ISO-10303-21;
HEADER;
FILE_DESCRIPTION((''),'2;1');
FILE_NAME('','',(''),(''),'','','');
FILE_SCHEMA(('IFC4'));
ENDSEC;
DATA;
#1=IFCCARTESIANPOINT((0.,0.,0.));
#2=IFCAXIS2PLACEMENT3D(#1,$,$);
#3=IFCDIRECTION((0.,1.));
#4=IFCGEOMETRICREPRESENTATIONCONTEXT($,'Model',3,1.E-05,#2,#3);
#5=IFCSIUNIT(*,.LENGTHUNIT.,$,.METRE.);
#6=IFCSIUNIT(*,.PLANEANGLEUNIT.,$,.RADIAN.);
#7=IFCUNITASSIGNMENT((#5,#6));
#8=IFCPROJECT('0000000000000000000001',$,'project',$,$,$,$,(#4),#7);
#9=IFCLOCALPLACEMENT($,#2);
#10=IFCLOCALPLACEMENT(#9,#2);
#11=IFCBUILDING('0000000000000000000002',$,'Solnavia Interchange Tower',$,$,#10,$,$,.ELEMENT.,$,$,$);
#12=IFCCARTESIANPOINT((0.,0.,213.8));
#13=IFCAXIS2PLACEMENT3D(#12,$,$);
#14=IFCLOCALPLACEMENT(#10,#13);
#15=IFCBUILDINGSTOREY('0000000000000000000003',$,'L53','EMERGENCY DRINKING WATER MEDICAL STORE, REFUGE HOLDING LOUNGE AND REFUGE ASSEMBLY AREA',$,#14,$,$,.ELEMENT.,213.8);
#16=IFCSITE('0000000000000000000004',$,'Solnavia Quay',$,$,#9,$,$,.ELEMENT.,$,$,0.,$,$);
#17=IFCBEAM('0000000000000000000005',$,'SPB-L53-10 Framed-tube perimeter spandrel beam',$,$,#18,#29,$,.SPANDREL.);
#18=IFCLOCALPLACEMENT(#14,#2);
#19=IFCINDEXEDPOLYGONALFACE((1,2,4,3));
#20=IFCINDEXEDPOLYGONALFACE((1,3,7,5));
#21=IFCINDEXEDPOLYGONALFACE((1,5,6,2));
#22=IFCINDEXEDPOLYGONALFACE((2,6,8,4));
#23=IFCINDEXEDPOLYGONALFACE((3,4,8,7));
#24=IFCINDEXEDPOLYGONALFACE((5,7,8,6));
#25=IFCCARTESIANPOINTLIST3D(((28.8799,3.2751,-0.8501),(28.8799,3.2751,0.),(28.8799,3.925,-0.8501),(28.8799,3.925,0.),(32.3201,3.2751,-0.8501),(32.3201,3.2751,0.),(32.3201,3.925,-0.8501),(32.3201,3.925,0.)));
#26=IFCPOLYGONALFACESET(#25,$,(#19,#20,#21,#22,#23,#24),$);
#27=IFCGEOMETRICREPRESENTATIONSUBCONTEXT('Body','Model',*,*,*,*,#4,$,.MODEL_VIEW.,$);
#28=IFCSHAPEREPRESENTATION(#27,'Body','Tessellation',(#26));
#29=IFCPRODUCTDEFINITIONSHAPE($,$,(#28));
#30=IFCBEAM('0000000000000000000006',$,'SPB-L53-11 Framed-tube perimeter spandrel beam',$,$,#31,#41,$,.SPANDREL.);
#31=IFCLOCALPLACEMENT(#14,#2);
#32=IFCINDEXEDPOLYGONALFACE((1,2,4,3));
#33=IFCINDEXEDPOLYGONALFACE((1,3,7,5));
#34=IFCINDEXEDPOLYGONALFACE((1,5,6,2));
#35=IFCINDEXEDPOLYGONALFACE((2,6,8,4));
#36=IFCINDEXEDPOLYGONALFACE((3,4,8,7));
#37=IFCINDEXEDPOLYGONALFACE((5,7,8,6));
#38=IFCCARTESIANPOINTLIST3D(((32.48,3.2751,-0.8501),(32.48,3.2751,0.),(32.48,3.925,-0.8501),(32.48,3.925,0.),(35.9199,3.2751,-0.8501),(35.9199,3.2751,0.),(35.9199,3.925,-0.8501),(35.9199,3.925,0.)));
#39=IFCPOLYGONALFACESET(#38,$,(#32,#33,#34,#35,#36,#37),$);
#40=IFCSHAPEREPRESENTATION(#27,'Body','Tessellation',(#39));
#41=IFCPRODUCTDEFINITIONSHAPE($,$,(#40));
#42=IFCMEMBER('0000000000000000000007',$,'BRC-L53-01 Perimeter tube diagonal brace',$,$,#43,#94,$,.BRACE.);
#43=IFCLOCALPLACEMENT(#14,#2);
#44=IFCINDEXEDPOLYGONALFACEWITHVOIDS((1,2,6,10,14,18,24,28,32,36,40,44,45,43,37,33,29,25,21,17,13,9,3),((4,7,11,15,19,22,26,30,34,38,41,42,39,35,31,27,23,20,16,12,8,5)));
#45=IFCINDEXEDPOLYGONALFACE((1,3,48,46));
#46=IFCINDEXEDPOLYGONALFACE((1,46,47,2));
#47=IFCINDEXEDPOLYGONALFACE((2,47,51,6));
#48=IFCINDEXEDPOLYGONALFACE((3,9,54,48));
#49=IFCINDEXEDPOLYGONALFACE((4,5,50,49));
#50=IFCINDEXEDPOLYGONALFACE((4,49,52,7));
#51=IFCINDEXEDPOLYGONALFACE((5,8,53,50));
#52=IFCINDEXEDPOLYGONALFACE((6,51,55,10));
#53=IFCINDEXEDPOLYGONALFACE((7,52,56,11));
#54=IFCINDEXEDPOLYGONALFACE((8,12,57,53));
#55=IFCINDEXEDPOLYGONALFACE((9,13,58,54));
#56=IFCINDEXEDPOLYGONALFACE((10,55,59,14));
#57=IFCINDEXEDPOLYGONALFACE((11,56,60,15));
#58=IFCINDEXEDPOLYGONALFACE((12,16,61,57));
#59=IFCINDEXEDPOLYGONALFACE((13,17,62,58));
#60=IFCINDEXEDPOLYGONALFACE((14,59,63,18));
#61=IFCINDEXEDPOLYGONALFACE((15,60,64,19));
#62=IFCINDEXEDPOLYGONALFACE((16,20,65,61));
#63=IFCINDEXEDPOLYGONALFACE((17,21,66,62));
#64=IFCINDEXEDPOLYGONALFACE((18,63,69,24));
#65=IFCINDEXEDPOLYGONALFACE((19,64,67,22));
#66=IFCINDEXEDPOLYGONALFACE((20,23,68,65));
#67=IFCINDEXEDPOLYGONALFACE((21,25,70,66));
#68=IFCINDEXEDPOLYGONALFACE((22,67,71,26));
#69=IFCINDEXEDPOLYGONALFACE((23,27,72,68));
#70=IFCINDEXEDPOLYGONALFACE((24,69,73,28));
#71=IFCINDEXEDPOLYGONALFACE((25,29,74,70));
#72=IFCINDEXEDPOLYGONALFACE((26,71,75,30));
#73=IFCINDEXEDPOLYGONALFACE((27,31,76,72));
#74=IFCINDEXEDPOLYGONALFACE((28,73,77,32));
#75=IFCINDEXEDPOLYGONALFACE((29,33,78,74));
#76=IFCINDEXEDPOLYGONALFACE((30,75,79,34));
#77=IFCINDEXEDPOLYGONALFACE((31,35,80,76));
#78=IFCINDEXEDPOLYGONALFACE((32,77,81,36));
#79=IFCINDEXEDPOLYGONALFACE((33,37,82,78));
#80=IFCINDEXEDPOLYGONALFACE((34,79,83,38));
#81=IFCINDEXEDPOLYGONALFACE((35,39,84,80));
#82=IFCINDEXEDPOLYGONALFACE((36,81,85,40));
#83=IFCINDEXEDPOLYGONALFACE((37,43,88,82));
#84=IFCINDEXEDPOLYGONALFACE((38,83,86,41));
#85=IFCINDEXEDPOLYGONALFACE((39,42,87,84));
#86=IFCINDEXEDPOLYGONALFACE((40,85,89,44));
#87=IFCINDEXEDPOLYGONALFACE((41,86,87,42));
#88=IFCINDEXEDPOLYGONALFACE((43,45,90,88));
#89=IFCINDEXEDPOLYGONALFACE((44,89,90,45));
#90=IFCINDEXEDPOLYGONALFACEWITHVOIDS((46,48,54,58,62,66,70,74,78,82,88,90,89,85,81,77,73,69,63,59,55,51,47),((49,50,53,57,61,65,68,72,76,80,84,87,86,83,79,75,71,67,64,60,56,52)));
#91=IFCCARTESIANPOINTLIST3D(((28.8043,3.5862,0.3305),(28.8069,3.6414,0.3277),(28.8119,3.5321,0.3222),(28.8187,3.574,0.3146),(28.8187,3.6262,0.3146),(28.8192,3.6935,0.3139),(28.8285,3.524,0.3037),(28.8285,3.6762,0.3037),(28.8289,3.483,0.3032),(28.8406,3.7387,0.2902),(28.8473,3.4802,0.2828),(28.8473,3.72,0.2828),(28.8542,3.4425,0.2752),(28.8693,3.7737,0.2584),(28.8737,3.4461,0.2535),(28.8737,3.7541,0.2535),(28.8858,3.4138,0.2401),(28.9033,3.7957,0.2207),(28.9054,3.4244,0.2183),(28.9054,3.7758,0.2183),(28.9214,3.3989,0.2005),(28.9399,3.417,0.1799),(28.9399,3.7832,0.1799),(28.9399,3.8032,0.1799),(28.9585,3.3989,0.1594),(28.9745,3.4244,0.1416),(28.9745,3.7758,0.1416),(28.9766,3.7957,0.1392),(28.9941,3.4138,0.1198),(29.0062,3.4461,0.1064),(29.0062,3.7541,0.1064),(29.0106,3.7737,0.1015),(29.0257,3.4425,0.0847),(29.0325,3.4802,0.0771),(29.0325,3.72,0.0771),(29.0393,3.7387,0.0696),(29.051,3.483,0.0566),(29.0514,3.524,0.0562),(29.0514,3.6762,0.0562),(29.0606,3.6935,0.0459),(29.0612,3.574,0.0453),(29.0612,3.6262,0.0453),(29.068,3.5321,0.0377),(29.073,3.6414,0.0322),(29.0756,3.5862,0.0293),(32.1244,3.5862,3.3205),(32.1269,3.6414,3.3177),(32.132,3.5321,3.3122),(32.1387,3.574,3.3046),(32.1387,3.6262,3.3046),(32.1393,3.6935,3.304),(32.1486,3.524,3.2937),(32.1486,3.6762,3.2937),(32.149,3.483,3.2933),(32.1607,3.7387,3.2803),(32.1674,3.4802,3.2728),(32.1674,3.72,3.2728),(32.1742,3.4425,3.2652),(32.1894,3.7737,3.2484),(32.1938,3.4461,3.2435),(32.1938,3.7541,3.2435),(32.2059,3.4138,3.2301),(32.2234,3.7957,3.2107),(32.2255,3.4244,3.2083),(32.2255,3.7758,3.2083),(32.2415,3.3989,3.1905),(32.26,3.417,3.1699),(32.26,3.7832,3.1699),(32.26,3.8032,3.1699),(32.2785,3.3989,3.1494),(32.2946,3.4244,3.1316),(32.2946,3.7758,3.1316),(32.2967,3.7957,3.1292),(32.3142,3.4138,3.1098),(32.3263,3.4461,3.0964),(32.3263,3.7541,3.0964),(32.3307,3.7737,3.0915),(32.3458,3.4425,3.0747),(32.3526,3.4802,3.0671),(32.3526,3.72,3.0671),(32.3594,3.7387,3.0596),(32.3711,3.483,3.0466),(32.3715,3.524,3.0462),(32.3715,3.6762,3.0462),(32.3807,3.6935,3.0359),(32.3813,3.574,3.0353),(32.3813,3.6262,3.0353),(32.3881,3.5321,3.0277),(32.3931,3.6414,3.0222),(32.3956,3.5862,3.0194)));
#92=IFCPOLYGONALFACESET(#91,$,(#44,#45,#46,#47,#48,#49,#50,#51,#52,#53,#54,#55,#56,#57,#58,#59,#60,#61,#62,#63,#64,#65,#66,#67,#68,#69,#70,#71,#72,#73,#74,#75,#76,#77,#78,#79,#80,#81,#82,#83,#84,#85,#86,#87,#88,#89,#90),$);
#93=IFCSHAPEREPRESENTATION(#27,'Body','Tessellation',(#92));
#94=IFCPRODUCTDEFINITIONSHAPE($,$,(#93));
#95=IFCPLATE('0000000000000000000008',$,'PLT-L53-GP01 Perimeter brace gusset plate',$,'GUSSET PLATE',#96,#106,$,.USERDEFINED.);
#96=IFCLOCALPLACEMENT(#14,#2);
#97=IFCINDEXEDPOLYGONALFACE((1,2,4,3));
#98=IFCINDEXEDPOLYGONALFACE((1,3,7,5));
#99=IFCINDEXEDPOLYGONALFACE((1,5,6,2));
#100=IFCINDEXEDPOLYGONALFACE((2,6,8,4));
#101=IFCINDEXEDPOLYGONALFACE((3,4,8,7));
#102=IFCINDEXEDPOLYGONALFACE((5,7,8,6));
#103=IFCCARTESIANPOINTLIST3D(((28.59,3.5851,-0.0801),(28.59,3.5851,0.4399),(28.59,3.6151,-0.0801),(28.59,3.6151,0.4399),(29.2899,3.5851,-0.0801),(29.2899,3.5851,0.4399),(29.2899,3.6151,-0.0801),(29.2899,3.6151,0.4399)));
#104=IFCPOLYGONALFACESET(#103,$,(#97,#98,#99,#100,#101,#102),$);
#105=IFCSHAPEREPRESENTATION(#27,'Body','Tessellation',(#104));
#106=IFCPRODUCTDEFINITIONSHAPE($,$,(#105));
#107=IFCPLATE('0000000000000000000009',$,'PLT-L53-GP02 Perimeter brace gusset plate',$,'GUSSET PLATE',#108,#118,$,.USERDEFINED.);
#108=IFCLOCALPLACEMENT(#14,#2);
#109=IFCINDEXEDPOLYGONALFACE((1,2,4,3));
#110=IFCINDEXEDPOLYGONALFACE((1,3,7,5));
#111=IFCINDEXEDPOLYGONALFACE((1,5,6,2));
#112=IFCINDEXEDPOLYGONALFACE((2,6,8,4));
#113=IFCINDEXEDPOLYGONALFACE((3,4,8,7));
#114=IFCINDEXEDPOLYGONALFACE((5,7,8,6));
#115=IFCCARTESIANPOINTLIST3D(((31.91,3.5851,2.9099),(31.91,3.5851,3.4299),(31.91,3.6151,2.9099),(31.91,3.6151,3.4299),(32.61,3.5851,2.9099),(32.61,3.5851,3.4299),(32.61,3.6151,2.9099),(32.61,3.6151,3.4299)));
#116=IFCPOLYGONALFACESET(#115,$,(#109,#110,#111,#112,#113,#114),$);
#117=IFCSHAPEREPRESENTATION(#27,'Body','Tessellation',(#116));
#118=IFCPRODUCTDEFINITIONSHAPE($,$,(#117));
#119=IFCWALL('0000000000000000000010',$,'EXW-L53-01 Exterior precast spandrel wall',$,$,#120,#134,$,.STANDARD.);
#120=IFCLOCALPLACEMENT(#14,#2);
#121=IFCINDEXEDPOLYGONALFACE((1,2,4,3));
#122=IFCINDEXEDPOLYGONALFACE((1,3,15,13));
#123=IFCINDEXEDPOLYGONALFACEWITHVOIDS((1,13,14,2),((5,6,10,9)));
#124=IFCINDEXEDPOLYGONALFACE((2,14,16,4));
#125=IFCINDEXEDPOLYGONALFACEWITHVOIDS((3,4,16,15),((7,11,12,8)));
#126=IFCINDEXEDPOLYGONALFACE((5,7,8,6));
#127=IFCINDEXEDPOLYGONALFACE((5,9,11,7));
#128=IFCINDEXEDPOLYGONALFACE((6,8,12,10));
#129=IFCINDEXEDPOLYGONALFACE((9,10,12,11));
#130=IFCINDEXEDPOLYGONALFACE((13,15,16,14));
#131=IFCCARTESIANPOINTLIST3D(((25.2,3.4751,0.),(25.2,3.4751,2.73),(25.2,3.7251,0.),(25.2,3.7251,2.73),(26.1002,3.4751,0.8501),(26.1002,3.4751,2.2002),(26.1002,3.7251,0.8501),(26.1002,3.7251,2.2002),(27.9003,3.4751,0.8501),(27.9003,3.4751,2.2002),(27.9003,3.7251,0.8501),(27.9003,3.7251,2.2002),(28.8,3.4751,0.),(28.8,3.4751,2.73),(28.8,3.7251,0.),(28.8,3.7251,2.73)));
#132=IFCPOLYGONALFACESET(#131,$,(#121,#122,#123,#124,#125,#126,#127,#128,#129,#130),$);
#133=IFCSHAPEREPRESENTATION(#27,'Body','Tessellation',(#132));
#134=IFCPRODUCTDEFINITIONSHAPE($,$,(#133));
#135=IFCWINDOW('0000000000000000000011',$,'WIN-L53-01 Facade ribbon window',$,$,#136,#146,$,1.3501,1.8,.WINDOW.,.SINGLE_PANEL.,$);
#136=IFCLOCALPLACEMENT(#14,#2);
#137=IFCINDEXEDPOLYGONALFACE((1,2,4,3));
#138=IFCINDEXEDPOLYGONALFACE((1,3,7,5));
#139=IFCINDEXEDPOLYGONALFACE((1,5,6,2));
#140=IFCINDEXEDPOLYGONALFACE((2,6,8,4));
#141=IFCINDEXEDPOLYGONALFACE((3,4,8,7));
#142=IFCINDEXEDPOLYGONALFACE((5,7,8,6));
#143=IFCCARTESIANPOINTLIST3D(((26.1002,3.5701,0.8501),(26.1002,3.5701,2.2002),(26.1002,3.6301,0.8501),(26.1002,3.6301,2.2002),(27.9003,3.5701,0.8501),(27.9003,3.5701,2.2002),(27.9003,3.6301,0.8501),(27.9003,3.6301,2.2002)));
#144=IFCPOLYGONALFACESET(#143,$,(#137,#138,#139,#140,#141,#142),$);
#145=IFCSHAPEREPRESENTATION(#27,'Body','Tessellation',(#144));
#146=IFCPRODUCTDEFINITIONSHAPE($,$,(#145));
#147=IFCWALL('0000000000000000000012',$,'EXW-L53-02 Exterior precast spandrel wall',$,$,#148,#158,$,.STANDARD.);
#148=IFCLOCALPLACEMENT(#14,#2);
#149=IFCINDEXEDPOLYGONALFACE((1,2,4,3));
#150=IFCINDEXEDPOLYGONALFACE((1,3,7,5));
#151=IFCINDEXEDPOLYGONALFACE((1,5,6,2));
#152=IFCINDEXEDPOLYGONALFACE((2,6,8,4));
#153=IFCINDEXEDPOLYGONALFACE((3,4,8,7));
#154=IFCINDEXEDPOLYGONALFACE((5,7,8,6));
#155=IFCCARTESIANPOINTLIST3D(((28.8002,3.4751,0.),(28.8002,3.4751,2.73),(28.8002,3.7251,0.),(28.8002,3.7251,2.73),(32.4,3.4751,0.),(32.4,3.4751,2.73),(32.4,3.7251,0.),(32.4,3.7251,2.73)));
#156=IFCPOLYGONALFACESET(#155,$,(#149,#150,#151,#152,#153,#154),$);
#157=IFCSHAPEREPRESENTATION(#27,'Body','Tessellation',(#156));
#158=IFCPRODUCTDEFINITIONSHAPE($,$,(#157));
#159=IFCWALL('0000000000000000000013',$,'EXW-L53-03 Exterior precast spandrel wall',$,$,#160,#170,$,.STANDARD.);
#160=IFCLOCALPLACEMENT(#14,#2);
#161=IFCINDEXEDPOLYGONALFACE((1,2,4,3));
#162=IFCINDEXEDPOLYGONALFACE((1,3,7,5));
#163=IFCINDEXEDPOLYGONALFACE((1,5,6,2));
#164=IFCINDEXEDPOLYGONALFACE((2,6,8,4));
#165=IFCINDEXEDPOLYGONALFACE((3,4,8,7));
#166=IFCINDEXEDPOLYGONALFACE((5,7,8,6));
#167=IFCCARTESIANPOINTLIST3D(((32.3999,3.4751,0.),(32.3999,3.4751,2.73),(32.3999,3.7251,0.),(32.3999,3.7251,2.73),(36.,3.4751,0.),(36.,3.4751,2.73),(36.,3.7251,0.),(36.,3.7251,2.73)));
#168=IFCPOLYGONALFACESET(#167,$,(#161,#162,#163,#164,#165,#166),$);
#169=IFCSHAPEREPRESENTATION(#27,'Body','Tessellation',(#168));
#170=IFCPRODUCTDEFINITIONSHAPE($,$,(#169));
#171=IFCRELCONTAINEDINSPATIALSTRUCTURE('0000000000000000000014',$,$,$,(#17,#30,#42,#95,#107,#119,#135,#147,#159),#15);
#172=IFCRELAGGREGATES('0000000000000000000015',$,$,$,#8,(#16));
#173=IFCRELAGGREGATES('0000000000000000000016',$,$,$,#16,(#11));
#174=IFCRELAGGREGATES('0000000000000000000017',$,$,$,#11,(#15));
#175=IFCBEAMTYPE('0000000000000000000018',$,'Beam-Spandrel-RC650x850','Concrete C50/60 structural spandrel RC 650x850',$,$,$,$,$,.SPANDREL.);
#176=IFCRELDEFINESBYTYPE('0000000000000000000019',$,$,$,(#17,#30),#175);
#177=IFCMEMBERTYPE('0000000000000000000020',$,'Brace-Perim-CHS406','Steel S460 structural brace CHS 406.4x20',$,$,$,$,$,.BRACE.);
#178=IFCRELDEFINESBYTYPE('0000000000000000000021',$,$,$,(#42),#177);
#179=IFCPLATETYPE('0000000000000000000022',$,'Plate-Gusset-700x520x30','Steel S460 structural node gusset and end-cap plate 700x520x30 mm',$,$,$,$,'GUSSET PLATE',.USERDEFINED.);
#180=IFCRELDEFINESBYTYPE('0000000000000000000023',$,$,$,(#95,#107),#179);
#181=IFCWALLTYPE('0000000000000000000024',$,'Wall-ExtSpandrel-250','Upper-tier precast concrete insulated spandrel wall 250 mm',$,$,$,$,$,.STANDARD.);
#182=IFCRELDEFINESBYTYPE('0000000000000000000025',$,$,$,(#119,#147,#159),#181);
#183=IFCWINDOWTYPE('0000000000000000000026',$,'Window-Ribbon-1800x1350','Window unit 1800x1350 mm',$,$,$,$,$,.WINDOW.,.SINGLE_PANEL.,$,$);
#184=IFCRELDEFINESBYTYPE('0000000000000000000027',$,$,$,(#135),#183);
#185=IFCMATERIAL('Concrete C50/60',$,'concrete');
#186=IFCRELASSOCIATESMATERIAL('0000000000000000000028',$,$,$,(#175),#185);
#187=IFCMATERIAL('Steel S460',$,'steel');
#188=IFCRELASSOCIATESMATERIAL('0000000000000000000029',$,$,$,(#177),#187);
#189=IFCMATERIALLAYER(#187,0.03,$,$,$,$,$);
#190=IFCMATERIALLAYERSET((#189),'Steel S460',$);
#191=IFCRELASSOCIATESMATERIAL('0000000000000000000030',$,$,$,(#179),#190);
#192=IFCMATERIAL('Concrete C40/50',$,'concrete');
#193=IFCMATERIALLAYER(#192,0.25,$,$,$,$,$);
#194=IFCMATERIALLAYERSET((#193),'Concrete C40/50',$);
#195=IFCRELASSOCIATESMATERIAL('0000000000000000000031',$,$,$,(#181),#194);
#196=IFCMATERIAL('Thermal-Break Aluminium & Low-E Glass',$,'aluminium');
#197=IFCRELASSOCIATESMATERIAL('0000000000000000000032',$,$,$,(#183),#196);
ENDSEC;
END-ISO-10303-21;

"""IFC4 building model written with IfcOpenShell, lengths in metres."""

from ifc_helpers import new_model, si_unit, direction, frame, frame_2d, origin, origin_2d, place, context, subcontext, project, spatial, rectangle, hollow_circle, extrude, material, layer, layer_set, material_profile, profile_set, type_object, element, fill, save


model = new_model("IFC4")

# Units and contexts
model_context = context("Model", 3, precision=1e-05, world=origin(), true_north=direction((0.0, 1.0)))
body_context = subcontext(model_context, "Body", "Model", "MODEL_VIEW")
ifc_project = project(units=[si_unit("LENGTHUNIT", "METRE"), si_unit("PLANEANGLEUNIT", "RADIAN")], contexts=[model_context])

# Site, building, storey
site_placement = place(None, origin())
site = spatial("IfcSite", under=ifc_project, at=site_placement, Name="Solnavia Quay", CompositionType="ELEMENT", RefElevation=0.0)
building_placement = place(site_placement, origin())
building = spatial("IfcBuilding", under=site, at=building_placement, Name="Solnavia Interchange Tower", CompositionType="ELEMENT")
storey_placement = place(building_placement, frame((0.0, 0.0, 213.8)))
storey = spatial("IfcBuildingStorey", under=building, at=storey_placement, Name="L53", Description="EMERGENCY DRINKING WATER MEDICAL STORE, REFUGE HOLDING LOUNGE AND REFUGE ASSEMBLY AREA", CompositionType="ELEMENT", Elevation=213.8)

# Shared definitions
ifc_material_1 = material(Name="Concrete C50/60", Category="concrete")

# Beams
ifc_material_2 = material(Name="Steel S460", Category="steel")
ifc_material_profile_1 = material_profile(ifc_material_1, rectangle(XDim=0.6499, YDim=0.8501, at=origin_2d()), Name="RC 650x850")
ifc_profile_set_1 = profile_set([ifc_material_profile_1], Name="Concrete C50/60")
beam_type_1 = type_object("IfcBeamType", Name="Beam-Spandrel-RC650x850", Description="Concrete C50/60 structural spandrel RC 650x850", PredefinedType="SPANDREL", material=ifc_profile_set_1)
beam_1_placement = place(storey_placement, frame((28.8799, 3.6001, -0.425), z_axis=(1.0, 0.0, 0.0), x_axis=(0.0, 1.0, 0.0)))
element("IfcBeam", 1, at=beam_1_placement, inside=storey, type_object=beam_type_1, Name="SPB-L53-10 Framed-tube perimeter spandrel beam", PredefinedType="SPANDREL", context=body_context, shape_type="SweptSolid", body=[
    extrude(rectangle(XDim=0.6499, YDim=0.8501, at=origin_2d()), origin(), (0.0, 0.0, 1.0), 3.4402),
])
beam_2_placement = place(storey_placement, frame((32.48, 3.6001, -0.425), z_axis=(1.0, 0.0, 0.0), x_axis=(0.0, 1.0, 0.0)))
element("IfcBeam", 2, at=beam_2_placement, inside=storey, type_object=beam_type_1, Name="SPB-L53-11 Framed-tube perimeter spandrel beam", PredefinedType="SPANDREL", context=body_context, shape_type="SweptSolid", body=[
    extrude(rectangle(XDim=0.6499, YDim=0.8501, at=origin_2d()), origin(), (0.0, 0.0, 1.0), 3.4399),
])

# Member
ifc_material_profile_2 = material_profile(ifc_material_2, hollow_circle(Radius=0.2031, WallThickness=0.02, at=origin_2d()), Name="CHS 406.4x20")
ifc_profile_set_2 = profile_set([ifc_material_profile_2], Name="Steel S460")
member_type = type_object("IfcMemberType", Name="Brace-Perim-CHS406", Description="Steel S460 structural brace CHS 406.4x20", PredefinedType="BRACE", material=ifc_profile_set_2)
member_placement = place(storey_placement, frame((28.9399, 3.6001, 0.1799), z_axis=(0.743079, 0.0, 0.669203), x_axis=(0.0, 1.0, 0.0)))
element("IfcMember", 3, at=member_placement, inside=storey, type_object=member_type, Name="BRC-L53-01 Perimeter tube diagonal brace", PredefinedType="BRACE", context=body_context, shape_type="SweptSolid", body=[
    extrude(hollow_circle(Radius=0.2031, WallThickness=0.02, at=origin_2d()), origin(), (0.0, 0.0, 1.0), 4.468),
])

# Plates
ifc_layer_1 = layer(ifc_material_2, 0.03)
ifc_layer_set_1 = layer_set([ifc_layer_1], Name="Steel S460")
plate_type = type_object("IfcPlateType", Name="Plate-Gusset-700x520x30", Description="Steel S460 structural node gusset and end-cap plate 700x520x30 mm", ElementType="GUSSET PLATE", PredefinedType="USERDEFINED", material=ifc_layer_set_1)
for number, where, z_axis, x_axis, name in (
    (4, (28.9399, 3.6001, -0.0801), (0.0, 0.0, 1.0), (1.0, 0.0, 0.0), "PLT-L53-GP01 Perimeter brace gusset plate"),
    (5, (32.26, 3.6001, 2.9099), (0.0, 0.0, 1.0), (1.0, 0.0, 0.0), "PLT-L53-GP02 Perimeter brace gusset plate"),
):
    element("IfcPlate", number, at=place(storey_placement, frame(where, z_axis=z_axis, x_axis=x_axis)), inside=storey, type_object=plate_type, Name=name, ObjectType="GUSSET PLATE", PredefinedType="USERDEFINED", context=body_context, shape_type="SweptSolid", body=[
        extrude(rectangle(XDim=0.7, YDim=0.03, at=origin_2d()), origin(), (0.0, 0.0, 1.0), 0.52),
    ])

# Wall, opening, window
ifc_material_3 = material(Name="Concrete C40/50", Category="concrete")
ifc_layer_2 = layer(ifc_material_3, 0.25)
ifc_layer_set_2 = layer_set([ifc_layer_2], Name="Concrete C40/50")
wall_type_1 = type_object("IfcWallType", Name="Wall-ExtSpandrel-250", Description="Upper-tier precast concrete insulated spandrel wall 250 mm", PredefinedType="STANDARD", material=ifc_layer_set_2)
wall_1_placement = place(storey_placement, frame((28.8, 3.6001, 0.0), z_axis=(0.0, 0.0, 1.0), x_axis=(-1.0, 0.0, 0.0)))
wall_1 = element("IfcWall", 6, at=wall_1_placement, inside=storey, type_object=wall_type_1, Name="EXW-L53-01 Exterior precast spandrel wall", PredefinedType="STANDARD", context=body_context, shape_type="SweptSolid", body=[
    extrude(rectangle(XDim=3.6001, YDim=0.25, at=frame_2d((1.8, 0.0))), origin(), (0.0, 0.0, 1.0), 2.73),
])
opening_1_placement = place(wall_1_placement, frame((0.8999, 0.0, 0.8501)))
opening_1 = element("IfcOpeningElement", 7, at=opening_1_placement, cuts=wall_1, PredefinedType="OPENING", context=body_context, shape_type="SweptSolid", body=[
    extrude(rectangle(XDim=1.8, YDim=1.3501, at=frame_2d((0.8999, 0.675))), frame((0.0, 0.135, 0.0), z_axis=(0.0, -1.0, 0.0), x_axis=(1.0, 0.0, 0.0)), (0.0, 0.0, 1.0), 0.27),
])
ifc_material_4 = material(Name="Thermal-Break Aluminium & Low-E Glass", Category="aluminium")
window_type_1 = type_object("IfcWindowType", Name="Window-Ribbon-1800x1350", Description="Window unit 1800x1350 mm", PartitioningType="SINGLE_PANEL", PredefinedType="WINDOW", material=ifc_material_4)
window_1_placement = place(opening_1_placement, origin())
window_1 = element("IfcWindow", 8, at=window_1_placement, inside=storey, type_object=window_type_1, Name="WIN-L53-01 Facade ribbon window", OverallHeight=1.3501, OverallWidth=1.8, PartitioningType="SINGLE_PANEL", PredefinedType="WINDOW", context=body_context, shape_type="SweptSolid", body=[
    extrude(rectangle(XDim=1.8, YDim=1.3501, at=frame_2d((0.8999, 0.675))), frame((0.0, 0.03, 0.0), z_axis=(0.0, -1.0, 0.0), x_axis=(1.0, 0.0, 0.0)), (0.0, 0.0, 1.0), 0.0601),
])
fill(opening_1, window_1)

# Walls
wall_2_placement = place(storey_placement, frame((32.3999, 3.6001, 0.0), z_axis=(0.0, 0.0, 1.0), x_axis=(-1.0, 0.0, 0.0)))
element("IfcWall", 9, at=wall_2_placement, inside=storey, type_object=wall_type_1, Name="EXW-L53-02 Exterior precast spandrel wall", PredefinedType="STANDARD", context=body_context, shape_type="SweptSolid", body=[
    extrude(rectangle(XDim=3.5999, YDim=0.25, at=frame_2d((1.7998, 0.0))), origin(), (0.0, 0.0, 1.0), 2.73),
])
wall_3_placement = place(storey_placement, frame((36.0, 3.6001, 0.0), z_axis=(0.0, 0.0, 1.0), x_axis=(-1.0, 0.0, 0.0)))
element("IfcWall", 10, at=wall_3_placement, inside=storey, type_object=wall_type_1, Name="EXW-L53-03 Exterior precast spandrel wall", PredefinedType="STANDARD", context=body_context, shape_type="SweptSolid", body=[
    extrude(rectangle(XDim=3.6001, YDim=0.25, at=frame_2d((1.8, 0.0))), origin(), (0.0, 0.0, 1.0), 2.73),
])

save(model, "model.ifc")
